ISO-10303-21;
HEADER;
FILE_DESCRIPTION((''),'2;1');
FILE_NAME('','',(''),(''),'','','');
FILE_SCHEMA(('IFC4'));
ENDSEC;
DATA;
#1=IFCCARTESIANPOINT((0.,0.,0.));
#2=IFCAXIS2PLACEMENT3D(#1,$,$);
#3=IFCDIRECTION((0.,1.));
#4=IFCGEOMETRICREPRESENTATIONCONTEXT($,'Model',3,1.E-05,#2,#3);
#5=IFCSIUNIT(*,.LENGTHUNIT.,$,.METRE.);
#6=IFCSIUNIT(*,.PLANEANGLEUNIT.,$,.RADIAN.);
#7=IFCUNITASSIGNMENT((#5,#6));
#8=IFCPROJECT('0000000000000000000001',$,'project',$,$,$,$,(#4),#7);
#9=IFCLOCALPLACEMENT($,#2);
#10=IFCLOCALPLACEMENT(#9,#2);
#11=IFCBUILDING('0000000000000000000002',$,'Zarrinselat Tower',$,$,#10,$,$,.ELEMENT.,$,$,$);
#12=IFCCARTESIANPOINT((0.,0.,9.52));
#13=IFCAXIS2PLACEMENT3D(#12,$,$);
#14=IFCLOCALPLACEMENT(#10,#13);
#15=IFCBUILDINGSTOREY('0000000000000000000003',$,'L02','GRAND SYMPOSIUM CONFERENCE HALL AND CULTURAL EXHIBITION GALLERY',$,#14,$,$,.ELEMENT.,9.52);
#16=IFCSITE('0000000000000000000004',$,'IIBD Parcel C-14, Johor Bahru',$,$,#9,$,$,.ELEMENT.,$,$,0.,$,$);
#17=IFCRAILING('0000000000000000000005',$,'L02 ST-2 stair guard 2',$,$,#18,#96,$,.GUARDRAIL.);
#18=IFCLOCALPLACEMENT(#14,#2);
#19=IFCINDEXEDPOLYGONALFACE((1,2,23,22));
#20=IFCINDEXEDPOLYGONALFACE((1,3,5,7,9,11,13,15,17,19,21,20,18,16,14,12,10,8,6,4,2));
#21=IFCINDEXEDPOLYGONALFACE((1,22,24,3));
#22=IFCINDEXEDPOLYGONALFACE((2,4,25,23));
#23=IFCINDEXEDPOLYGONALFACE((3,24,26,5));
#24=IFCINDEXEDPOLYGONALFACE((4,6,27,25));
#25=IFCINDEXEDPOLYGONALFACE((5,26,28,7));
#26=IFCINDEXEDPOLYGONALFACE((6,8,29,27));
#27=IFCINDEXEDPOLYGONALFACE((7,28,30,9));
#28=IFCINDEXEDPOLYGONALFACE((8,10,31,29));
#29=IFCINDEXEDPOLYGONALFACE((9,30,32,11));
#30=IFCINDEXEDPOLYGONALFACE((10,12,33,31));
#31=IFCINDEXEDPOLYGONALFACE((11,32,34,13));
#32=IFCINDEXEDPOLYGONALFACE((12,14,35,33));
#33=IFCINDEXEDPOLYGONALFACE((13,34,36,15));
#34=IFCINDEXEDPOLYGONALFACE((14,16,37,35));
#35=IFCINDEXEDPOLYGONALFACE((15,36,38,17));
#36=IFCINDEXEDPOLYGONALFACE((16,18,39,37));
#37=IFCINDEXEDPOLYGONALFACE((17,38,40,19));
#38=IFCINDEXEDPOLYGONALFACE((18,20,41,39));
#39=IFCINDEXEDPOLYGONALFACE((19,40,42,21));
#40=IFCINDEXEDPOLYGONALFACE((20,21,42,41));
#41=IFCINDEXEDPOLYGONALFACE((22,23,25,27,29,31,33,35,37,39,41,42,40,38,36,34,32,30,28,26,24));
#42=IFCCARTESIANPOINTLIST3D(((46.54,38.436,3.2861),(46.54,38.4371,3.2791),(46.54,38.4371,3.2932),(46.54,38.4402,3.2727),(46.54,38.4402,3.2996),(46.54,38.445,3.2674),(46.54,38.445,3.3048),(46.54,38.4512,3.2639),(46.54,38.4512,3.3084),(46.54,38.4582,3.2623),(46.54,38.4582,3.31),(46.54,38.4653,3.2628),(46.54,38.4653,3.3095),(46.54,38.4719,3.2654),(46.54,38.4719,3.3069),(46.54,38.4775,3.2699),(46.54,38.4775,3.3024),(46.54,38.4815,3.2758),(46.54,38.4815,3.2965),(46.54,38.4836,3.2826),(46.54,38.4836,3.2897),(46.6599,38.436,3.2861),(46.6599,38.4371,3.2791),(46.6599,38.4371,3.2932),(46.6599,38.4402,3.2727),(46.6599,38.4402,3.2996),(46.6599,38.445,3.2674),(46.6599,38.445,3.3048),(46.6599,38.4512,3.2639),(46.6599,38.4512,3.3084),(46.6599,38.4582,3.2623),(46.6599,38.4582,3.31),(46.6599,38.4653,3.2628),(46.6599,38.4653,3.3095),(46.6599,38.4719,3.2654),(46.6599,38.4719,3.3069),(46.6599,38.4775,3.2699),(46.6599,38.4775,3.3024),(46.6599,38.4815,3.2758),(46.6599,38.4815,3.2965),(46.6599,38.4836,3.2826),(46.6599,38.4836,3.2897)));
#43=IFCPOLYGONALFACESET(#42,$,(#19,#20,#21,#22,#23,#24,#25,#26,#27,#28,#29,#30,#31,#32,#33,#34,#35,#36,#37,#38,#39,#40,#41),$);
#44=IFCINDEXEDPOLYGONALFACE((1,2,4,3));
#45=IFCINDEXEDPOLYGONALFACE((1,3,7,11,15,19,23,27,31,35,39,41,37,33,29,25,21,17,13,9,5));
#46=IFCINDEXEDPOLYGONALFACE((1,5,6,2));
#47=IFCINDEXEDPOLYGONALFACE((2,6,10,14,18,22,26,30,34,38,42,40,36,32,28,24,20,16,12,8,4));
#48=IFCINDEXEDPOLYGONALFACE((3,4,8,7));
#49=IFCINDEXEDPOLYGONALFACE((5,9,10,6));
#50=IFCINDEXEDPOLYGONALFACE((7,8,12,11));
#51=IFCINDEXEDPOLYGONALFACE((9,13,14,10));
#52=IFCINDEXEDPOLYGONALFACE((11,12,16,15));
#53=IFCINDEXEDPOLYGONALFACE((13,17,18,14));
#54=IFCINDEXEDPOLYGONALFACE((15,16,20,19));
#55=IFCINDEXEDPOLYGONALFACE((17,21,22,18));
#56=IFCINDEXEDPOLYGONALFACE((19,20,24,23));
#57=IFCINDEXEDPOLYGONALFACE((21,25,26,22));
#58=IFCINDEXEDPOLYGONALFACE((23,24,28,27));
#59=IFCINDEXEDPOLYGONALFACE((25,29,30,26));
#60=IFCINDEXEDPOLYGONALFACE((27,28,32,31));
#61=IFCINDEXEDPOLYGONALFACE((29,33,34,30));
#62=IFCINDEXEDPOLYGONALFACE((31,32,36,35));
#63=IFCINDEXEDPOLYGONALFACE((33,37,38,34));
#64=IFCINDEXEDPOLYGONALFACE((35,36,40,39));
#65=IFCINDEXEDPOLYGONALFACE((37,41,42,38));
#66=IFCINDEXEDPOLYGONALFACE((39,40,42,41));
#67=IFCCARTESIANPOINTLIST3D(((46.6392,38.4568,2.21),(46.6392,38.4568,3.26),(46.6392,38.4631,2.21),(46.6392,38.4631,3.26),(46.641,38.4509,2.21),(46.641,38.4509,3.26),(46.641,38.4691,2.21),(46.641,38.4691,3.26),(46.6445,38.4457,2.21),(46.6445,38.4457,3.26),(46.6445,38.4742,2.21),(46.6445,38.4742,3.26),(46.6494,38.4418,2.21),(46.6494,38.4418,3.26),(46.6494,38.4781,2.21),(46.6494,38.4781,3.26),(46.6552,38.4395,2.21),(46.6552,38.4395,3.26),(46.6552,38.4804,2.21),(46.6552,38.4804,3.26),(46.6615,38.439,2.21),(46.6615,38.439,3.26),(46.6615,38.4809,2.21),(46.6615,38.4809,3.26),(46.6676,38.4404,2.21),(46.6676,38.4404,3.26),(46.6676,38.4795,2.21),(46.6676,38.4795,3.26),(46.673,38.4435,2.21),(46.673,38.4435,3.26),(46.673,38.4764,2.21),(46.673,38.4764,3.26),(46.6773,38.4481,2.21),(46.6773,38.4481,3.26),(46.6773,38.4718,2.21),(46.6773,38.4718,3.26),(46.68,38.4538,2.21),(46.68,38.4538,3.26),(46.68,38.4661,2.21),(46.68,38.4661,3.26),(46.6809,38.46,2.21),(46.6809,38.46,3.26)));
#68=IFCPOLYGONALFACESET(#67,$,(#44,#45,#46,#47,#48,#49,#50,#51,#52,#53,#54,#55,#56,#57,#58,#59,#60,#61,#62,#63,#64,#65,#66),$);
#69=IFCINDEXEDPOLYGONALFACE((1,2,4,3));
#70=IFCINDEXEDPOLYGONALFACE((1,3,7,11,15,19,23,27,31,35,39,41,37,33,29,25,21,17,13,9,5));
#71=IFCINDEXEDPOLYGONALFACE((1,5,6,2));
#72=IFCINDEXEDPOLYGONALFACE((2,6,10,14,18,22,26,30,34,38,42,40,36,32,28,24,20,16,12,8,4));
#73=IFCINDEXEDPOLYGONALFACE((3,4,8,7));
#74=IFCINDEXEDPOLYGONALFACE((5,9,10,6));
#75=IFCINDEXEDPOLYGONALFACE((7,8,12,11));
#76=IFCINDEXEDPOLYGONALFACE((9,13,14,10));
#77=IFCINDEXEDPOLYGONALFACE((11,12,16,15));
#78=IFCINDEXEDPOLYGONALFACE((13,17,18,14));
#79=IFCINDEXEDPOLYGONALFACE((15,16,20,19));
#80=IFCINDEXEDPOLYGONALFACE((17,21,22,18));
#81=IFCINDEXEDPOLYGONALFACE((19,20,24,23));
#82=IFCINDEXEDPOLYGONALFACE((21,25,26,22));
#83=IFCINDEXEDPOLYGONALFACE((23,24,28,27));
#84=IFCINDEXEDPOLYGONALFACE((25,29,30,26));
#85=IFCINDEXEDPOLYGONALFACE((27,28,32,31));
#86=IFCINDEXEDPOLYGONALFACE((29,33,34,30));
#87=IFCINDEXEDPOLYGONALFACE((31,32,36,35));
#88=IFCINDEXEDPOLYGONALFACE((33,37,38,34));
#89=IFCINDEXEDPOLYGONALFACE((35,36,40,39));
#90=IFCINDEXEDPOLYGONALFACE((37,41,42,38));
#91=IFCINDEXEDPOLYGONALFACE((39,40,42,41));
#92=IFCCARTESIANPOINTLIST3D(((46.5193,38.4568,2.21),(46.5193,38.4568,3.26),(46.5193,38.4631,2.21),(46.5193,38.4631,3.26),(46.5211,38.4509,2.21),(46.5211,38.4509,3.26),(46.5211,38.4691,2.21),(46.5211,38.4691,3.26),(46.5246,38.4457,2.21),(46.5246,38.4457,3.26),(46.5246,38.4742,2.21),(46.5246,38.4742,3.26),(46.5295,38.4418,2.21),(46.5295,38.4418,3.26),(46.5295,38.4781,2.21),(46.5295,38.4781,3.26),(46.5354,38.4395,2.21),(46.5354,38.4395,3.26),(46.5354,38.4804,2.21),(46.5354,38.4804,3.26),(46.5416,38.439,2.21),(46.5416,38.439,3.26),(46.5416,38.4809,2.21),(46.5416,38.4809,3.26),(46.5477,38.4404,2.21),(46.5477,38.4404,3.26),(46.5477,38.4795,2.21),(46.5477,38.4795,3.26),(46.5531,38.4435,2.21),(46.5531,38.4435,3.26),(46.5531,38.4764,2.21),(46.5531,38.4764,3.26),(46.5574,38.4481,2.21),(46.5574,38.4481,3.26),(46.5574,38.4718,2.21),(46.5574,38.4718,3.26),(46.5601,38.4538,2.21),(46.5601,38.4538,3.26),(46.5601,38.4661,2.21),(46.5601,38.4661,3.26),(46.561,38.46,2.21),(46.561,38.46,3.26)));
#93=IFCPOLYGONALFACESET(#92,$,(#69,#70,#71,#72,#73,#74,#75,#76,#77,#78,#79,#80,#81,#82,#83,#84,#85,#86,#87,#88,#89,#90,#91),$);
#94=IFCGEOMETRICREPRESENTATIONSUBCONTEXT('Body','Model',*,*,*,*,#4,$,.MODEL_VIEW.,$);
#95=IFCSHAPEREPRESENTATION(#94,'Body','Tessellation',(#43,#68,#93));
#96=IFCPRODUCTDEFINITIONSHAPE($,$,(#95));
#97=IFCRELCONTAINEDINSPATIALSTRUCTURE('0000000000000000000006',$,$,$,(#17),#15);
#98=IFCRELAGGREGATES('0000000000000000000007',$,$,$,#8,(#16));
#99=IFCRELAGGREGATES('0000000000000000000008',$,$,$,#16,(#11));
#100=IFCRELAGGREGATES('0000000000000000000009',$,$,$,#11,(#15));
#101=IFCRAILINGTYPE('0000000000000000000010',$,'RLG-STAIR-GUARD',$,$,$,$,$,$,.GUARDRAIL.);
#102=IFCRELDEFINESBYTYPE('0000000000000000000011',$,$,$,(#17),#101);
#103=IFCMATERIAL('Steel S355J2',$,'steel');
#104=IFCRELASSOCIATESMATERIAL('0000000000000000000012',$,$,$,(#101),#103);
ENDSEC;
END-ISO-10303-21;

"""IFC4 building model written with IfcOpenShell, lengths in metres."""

from ifc_helpers import new_model, si_unit, direction, frame, origin, origin_2d, place, context, subcontext, project, spatial, circle, extrude, material, type_object, element, save


model = new_model("IFC4")

# Units and contexts
model_context = context("Model", 3, precision=1e-05, world=origin(), true_north=direction((0.0, 1.0)))
body_context = subcontext(model_context, "Body", "Model", "MODEL_VIEW")
ifc_project = project(units=[si_unit("LENGTHUNIT", "METRE"), si_unit("PLANEANGLEUNIT", "RADIAN")], contexts=[model_context])

# Site, building, storey
site_placement = place(None, origin())
site = spatial("IfcSite", under=ifc_project, at=site_placement, Name="IIBD Parcel C-14, Johor Bahru", CompositionType="ELEMENT", RefElevation=0.0)
building_placement = place(site_placement, origin())
building = spatial("IfcBuilding", under=site, at=building_placement, Name="Zarrinselat Tower", CompositionType="ELEMENT")
storey_placement = place(building_placement, frame((0.0, 0.0, 9.52)))
storey = spatial("IfcBuildingStorey", under=building, at=storey_placement, Name="L02", Description="GRAND SYMPOSIUM CONFERENCE HALL AND CULTURAL EXHIBITION GALLERY", CompositionType="ELEMENT", Elevation=9.52)

# Railing
ifc_material_1 = material(Name="Steel S355J2", Category="steel")
railing_type_1 = type_object("IfcRailingType", Name="RLG-STAIR-GUARD", PredefinedType="GUARDRAIL", material=ifc_material_1)
railing_1_placement = place(storey_placement, frame((46.6599, 38.46, 2.21)))
element("IfcRailing", 1, at=railing_1_placement, inside=storey, type_object=railing_type_1, Name="L02 ST-2 stair guard 2", PredefinedType="GUARDRAIL", context=body_context, shape_type="SweptSolid", body=[
    extrude(circle(Radius=0.0239, at=origin_2d()), frame((0.0, 0.0, 1.0762), z_axis=(-1.0, 0.0, 0.0), x_axis=(0.0, -1.0, 0.0)), (0.0, 0.0, 1.0), 0.1199),
    extrude(circle(Radius=0.021, at=origin_2d()), origin(), (0.0, 0.0, 1.0), 1.05),
    extrude(circle(Radius=0.021, at=origin_2d()), frame((-0.1199, 0.0, 0.0)), (0.0, 0.0, 1.0), 1.05),
])

save(model, "model.ifc")
